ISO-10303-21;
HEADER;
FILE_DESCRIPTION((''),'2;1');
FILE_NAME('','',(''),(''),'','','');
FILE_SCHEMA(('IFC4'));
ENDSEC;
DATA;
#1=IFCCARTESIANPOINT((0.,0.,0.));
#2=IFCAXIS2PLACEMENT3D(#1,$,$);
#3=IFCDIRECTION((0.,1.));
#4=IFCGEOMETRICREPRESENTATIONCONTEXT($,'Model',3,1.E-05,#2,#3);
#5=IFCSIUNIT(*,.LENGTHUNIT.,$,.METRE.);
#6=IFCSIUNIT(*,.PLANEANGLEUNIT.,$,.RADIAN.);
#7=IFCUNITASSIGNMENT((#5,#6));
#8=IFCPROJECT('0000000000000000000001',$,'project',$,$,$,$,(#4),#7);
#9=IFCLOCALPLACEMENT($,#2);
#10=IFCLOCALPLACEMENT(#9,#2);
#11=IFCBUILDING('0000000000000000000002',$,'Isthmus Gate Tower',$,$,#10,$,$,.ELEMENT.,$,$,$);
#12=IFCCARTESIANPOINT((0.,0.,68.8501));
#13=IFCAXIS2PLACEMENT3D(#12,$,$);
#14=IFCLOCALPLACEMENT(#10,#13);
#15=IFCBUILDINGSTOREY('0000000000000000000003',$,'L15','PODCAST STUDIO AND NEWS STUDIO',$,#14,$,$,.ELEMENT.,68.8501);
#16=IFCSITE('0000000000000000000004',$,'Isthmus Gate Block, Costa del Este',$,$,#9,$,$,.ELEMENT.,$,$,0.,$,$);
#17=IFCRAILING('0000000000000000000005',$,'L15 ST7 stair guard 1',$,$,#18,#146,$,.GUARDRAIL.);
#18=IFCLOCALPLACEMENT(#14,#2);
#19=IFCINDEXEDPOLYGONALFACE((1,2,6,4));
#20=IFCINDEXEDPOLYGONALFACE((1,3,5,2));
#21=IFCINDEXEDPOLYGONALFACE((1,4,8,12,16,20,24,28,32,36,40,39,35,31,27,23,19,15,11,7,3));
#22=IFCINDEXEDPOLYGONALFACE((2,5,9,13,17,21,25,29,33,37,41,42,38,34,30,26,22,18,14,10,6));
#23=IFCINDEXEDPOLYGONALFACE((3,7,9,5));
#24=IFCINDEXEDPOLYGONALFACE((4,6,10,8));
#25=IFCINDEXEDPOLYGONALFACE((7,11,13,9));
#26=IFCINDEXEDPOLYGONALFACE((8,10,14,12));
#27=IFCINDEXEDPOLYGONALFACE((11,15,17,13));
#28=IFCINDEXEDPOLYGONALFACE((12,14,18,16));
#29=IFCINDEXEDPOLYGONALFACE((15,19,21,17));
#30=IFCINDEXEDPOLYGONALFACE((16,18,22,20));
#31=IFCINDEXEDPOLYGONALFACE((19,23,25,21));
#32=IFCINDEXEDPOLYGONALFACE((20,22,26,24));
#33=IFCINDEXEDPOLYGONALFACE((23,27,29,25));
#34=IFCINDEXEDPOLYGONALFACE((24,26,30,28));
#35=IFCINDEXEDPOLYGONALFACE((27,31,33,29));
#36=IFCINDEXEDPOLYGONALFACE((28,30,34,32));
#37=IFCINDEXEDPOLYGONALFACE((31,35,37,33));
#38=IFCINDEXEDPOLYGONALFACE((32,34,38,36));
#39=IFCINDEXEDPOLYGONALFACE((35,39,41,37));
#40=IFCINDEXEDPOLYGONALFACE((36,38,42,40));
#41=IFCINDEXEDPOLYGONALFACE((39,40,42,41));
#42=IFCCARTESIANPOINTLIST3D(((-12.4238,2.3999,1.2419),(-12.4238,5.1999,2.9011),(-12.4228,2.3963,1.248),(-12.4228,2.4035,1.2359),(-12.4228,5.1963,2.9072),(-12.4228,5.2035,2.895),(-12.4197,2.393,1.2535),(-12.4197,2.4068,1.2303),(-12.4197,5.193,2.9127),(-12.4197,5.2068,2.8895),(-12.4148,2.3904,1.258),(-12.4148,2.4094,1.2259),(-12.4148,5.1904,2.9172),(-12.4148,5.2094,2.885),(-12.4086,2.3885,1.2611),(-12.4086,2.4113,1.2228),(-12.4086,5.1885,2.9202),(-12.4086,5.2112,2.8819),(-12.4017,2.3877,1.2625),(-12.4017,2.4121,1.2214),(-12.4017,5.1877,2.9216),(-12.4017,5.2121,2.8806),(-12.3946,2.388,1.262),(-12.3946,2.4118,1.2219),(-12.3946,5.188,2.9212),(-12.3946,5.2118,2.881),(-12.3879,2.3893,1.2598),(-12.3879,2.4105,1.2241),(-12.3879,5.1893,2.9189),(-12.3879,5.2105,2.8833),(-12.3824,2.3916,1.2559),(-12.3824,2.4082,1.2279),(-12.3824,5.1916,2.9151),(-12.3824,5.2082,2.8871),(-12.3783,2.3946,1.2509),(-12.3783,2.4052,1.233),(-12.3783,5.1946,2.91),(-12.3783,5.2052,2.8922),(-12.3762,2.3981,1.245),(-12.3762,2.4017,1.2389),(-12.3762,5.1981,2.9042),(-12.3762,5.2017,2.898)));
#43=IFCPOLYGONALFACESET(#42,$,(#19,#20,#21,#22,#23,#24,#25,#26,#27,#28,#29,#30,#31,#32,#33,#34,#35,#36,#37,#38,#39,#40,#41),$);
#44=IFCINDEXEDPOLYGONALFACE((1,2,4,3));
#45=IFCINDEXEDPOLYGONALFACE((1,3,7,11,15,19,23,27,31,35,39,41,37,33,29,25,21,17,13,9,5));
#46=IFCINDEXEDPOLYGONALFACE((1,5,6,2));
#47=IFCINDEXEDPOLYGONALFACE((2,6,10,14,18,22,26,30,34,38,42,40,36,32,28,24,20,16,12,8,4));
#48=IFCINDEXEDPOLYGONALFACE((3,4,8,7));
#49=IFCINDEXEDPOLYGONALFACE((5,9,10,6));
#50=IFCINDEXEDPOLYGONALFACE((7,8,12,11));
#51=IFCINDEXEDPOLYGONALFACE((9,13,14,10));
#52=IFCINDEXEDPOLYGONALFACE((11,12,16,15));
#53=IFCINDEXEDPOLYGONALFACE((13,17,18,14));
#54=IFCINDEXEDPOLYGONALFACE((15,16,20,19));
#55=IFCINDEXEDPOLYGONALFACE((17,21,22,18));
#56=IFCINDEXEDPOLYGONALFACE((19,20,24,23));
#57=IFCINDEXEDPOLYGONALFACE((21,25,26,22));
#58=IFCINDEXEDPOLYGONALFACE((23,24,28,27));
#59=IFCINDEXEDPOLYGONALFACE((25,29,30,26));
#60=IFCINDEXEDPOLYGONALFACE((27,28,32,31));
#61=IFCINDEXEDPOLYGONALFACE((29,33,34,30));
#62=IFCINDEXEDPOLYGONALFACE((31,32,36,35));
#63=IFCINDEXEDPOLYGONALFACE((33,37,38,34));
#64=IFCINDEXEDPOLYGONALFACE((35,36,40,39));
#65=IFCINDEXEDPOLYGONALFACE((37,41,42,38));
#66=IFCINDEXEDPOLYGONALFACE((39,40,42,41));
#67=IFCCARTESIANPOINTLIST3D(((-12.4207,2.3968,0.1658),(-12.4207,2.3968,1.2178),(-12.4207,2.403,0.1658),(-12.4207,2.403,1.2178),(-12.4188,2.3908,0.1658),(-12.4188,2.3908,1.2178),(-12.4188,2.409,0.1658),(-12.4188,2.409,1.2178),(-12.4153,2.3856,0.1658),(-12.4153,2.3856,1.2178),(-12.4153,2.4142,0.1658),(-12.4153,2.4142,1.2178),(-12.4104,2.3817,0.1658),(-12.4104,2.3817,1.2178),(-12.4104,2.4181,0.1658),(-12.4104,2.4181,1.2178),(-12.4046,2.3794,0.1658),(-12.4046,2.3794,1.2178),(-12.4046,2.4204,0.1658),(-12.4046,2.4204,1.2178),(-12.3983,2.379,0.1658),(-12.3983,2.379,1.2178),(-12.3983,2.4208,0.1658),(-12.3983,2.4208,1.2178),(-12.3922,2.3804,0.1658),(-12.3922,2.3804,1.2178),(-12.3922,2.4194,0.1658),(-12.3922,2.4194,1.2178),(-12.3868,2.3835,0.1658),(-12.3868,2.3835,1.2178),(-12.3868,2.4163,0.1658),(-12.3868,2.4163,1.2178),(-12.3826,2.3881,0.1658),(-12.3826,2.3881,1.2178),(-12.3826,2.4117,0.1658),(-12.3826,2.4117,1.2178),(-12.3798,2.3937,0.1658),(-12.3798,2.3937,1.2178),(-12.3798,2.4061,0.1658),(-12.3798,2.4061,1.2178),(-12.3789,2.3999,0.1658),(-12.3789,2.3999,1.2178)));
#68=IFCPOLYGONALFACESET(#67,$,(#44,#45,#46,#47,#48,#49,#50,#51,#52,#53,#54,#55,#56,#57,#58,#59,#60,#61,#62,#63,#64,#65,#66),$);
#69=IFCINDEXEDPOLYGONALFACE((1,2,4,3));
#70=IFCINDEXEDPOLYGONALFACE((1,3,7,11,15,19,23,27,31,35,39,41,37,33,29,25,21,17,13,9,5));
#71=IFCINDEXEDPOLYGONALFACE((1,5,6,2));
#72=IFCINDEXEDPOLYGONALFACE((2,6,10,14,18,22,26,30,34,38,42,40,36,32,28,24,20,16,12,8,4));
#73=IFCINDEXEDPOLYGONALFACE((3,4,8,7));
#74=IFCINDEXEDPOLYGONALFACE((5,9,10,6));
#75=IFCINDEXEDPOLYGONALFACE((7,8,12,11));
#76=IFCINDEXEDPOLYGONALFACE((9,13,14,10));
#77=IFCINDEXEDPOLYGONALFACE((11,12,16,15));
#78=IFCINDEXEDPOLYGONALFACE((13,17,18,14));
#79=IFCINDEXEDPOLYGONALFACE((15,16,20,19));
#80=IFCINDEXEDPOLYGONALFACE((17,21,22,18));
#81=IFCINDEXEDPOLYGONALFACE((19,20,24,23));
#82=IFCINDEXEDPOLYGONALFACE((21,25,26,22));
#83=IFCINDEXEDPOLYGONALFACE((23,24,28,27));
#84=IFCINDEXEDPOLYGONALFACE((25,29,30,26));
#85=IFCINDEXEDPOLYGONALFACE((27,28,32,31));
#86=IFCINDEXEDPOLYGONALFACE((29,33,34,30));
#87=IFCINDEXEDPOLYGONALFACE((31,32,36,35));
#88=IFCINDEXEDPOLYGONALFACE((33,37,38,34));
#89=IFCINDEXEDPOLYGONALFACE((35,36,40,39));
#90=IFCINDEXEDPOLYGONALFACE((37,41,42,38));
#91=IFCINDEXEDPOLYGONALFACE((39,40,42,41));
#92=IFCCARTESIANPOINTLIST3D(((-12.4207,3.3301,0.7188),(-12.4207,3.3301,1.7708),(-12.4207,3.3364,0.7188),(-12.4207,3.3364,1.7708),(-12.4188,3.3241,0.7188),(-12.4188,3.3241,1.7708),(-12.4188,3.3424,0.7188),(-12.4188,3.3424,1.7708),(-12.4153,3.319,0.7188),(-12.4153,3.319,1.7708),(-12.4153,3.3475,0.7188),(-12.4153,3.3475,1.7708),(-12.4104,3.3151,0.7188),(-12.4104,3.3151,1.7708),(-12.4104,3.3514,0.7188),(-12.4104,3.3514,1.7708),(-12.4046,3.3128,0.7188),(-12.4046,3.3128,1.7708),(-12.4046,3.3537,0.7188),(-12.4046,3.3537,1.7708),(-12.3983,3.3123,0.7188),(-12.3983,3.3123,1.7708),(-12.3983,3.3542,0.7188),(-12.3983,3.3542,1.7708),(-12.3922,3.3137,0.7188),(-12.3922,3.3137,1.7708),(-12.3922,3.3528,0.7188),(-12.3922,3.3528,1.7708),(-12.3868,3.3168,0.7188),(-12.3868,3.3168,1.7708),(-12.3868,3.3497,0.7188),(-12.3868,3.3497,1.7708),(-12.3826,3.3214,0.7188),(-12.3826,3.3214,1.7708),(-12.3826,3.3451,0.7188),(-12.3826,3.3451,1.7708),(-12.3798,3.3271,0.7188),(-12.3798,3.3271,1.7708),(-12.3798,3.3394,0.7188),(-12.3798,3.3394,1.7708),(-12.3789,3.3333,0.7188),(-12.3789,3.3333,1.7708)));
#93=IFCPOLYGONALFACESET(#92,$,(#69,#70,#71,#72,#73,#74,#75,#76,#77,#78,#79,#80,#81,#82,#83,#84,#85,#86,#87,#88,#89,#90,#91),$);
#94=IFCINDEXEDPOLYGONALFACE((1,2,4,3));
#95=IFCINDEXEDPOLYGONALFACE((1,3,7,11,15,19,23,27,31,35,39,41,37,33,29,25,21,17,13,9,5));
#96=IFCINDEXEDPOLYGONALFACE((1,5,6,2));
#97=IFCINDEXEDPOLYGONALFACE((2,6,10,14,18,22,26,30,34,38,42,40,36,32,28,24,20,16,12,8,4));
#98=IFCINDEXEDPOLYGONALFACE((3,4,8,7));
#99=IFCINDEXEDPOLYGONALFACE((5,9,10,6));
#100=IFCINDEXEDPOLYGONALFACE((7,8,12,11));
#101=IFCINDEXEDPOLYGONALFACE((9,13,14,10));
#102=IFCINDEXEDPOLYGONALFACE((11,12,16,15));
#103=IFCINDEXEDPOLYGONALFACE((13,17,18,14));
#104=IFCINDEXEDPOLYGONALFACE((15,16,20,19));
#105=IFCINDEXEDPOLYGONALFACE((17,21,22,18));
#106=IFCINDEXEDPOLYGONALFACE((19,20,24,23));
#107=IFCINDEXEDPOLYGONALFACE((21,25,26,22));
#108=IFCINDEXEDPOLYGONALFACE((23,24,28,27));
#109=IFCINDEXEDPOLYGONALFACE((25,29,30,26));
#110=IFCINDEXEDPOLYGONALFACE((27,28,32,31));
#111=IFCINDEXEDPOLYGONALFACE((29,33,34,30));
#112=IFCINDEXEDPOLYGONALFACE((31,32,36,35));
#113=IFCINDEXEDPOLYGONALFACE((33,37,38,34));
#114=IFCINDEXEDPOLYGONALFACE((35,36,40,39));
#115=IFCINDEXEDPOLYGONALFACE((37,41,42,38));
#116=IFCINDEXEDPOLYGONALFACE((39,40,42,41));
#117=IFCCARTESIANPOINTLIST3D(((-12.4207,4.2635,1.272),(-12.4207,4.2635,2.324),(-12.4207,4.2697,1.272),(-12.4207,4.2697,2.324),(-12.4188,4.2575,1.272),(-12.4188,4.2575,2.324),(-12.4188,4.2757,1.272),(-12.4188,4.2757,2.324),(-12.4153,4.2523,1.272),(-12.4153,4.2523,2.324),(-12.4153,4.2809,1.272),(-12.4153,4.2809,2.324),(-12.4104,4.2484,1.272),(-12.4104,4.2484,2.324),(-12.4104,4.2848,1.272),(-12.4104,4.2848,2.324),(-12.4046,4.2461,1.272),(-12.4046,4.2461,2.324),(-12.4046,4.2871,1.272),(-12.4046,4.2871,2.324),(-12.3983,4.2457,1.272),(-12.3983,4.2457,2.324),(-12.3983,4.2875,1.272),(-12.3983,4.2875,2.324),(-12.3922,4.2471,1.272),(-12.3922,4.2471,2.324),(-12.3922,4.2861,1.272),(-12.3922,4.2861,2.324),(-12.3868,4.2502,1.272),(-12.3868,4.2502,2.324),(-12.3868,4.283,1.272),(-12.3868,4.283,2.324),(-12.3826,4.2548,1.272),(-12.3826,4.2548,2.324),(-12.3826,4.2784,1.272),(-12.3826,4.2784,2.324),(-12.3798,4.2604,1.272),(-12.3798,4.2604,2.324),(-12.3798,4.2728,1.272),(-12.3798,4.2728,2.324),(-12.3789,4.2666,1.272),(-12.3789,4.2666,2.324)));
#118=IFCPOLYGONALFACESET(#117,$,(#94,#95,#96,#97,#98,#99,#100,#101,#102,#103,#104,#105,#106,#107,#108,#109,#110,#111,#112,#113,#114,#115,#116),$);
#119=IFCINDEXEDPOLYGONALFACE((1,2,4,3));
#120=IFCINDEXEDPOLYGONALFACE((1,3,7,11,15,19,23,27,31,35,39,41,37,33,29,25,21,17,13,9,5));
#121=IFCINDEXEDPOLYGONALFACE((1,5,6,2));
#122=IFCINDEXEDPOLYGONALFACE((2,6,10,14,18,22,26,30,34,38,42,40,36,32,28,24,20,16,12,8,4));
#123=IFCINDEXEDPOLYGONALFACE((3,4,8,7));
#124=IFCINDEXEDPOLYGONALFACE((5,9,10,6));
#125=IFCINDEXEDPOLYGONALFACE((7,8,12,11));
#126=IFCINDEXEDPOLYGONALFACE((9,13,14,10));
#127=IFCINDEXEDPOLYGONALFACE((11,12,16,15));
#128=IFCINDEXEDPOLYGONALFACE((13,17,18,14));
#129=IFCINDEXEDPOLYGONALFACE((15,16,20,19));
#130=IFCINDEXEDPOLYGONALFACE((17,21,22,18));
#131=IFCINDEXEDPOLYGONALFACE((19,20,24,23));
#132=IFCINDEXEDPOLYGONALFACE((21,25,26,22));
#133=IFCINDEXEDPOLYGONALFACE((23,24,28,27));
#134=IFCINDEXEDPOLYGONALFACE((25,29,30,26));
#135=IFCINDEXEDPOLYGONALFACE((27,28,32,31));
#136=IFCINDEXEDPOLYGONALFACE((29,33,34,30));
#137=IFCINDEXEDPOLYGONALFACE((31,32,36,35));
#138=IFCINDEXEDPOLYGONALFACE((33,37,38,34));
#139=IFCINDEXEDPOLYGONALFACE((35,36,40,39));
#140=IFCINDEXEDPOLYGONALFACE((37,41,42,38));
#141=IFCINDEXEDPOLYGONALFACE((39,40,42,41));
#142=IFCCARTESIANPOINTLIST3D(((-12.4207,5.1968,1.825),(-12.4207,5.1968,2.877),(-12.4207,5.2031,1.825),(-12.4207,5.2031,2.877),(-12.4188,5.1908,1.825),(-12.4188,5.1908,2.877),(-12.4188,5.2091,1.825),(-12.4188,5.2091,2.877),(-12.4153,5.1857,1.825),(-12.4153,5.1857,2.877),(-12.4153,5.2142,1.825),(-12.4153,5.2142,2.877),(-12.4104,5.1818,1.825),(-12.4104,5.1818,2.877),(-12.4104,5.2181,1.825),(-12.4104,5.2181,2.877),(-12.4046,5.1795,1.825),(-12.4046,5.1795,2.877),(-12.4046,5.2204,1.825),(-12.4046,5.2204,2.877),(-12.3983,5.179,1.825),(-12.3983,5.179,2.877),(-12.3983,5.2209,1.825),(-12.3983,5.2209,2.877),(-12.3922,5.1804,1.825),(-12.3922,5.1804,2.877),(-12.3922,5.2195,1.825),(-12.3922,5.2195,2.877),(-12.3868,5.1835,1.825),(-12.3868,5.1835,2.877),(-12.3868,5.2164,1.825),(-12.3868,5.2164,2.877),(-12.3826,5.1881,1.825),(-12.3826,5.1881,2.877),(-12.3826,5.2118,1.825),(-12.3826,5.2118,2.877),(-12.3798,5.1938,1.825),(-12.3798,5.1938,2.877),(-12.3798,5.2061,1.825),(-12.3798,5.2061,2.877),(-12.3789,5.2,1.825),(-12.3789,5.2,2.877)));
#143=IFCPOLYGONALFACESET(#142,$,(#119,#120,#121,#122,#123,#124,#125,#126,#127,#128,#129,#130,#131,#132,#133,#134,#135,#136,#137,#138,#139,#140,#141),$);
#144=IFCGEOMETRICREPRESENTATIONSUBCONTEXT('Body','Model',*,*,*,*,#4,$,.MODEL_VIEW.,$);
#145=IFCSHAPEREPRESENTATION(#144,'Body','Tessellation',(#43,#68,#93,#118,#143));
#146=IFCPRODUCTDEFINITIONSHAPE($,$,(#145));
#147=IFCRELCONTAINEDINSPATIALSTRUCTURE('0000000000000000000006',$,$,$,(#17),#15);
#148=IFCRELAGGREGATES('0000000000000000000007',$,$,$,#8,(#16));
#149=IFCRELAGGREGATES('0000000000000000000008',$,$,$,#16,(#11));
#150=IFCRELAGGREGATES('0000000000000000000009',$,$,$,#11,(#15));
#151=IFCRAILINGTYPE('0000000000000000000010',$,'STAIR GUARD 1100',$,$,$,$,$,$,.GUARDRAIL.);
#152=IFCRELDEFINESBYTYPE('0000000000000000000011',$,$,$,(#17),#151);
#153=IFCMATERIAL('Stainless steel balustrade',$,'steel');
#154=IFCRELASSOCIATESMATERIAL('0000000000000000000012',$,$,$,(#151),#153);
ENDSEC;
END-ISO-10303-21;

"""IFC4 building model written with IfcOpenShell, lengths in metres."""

from ifc_helpers import new_model, si_unit, direction, frame, origin, origin_2d, place, context, subcontext, project, spatial, circle, extrude, material, type_object, element, save


model = new_model("IFC4")

# Units and contexts
model_context = context("Model", 3, precision=1e-05, world=origin(), true_north=direction((0.0, 1.0)))
body_context = subcontext(model_context, "Body", "Model", "MODEL_VIEW")
ifc_project = project(units=[si_unit("LENGTHUNIT", "METRE"), si_unit("PLANEANGLEUNIT", "RADIAN")], contexts=[model_context])

# Site, building, storey
site_placement = place(None, origin())
site = spatial("IfcSite", under=ifc_project, at=site_placement, Name="Isthmus Gate Block, Costa del Este", CompositionType="ELEMENT", RefElevation=0.0)
building_placement = place(site_placement, origin())
building = spatial("IfcBuilding", under=site, at=building_placement, Name="Isthmus Gate Tower", CompositionType="ELEMENT")
storey_placement = place(building_placement, frame((0.0, 0.0, 68.8501)))
storey = spatial("IfcBuildingStorey", under=building, at=storey_placement, Name="L15", Description="PODCAST STUDIO AND NEWS STUDIO", CompositionType="ELEMENT", Elevation=68.8501)

# Railing
ifc_material_1 = material(Name="Stainless steel balustrade", Category="steel")
railing_type_1 = type_object("IfcRailingType", Name="STAIR GUARD 1100", PredefinedType="GUARDRAIL", material=ifc_material_1)
railing_1_placement = place(storey_placement, frame((-12.3999, 2.3999, 0.1658)))
element("IfcRailing", 1, at=railing_1_placement, inside=storey, type_object=railing_type_1, Name="L15 ST7 stair guard 1", PredefinedType="GUARDRAIL", context=body_context, shape_type="SweptSolid", body=[
    extrude(circle(Radius=0.0239, at=origin_2d()), frame((0.0, 0.0, 1.0762), z_axis=(0.0, 0.860306, 0.509778), x_axis=(-1.0, 0.0, 0.0)), (0.0, 0.0, 1.0), 3.2546),
    extrude(circle(Radius=0.021, at=origin_2d()), origin(), (0.0, 0.0, 1.0), 1.052),
    extrude(circle(Radius=0.021, at=origin_2d()), frame((0.0, 0.9333, 0.553)), (0.0, 0.0, 1.0), 1.052),
    extrude(circle(Radius=0.021, at=origin_2d()), frame((0.0, 1.8667, 1.1062)), (0.0, 0.0, 1.0), 1.052),
    extrude(circle(Radius=0.021, at=origin_2d()), frame((0.0, 2.8, 1.6592)), (0.0, 0.0, 1.0), 1.052),
])

save(model, "model.ifc")
